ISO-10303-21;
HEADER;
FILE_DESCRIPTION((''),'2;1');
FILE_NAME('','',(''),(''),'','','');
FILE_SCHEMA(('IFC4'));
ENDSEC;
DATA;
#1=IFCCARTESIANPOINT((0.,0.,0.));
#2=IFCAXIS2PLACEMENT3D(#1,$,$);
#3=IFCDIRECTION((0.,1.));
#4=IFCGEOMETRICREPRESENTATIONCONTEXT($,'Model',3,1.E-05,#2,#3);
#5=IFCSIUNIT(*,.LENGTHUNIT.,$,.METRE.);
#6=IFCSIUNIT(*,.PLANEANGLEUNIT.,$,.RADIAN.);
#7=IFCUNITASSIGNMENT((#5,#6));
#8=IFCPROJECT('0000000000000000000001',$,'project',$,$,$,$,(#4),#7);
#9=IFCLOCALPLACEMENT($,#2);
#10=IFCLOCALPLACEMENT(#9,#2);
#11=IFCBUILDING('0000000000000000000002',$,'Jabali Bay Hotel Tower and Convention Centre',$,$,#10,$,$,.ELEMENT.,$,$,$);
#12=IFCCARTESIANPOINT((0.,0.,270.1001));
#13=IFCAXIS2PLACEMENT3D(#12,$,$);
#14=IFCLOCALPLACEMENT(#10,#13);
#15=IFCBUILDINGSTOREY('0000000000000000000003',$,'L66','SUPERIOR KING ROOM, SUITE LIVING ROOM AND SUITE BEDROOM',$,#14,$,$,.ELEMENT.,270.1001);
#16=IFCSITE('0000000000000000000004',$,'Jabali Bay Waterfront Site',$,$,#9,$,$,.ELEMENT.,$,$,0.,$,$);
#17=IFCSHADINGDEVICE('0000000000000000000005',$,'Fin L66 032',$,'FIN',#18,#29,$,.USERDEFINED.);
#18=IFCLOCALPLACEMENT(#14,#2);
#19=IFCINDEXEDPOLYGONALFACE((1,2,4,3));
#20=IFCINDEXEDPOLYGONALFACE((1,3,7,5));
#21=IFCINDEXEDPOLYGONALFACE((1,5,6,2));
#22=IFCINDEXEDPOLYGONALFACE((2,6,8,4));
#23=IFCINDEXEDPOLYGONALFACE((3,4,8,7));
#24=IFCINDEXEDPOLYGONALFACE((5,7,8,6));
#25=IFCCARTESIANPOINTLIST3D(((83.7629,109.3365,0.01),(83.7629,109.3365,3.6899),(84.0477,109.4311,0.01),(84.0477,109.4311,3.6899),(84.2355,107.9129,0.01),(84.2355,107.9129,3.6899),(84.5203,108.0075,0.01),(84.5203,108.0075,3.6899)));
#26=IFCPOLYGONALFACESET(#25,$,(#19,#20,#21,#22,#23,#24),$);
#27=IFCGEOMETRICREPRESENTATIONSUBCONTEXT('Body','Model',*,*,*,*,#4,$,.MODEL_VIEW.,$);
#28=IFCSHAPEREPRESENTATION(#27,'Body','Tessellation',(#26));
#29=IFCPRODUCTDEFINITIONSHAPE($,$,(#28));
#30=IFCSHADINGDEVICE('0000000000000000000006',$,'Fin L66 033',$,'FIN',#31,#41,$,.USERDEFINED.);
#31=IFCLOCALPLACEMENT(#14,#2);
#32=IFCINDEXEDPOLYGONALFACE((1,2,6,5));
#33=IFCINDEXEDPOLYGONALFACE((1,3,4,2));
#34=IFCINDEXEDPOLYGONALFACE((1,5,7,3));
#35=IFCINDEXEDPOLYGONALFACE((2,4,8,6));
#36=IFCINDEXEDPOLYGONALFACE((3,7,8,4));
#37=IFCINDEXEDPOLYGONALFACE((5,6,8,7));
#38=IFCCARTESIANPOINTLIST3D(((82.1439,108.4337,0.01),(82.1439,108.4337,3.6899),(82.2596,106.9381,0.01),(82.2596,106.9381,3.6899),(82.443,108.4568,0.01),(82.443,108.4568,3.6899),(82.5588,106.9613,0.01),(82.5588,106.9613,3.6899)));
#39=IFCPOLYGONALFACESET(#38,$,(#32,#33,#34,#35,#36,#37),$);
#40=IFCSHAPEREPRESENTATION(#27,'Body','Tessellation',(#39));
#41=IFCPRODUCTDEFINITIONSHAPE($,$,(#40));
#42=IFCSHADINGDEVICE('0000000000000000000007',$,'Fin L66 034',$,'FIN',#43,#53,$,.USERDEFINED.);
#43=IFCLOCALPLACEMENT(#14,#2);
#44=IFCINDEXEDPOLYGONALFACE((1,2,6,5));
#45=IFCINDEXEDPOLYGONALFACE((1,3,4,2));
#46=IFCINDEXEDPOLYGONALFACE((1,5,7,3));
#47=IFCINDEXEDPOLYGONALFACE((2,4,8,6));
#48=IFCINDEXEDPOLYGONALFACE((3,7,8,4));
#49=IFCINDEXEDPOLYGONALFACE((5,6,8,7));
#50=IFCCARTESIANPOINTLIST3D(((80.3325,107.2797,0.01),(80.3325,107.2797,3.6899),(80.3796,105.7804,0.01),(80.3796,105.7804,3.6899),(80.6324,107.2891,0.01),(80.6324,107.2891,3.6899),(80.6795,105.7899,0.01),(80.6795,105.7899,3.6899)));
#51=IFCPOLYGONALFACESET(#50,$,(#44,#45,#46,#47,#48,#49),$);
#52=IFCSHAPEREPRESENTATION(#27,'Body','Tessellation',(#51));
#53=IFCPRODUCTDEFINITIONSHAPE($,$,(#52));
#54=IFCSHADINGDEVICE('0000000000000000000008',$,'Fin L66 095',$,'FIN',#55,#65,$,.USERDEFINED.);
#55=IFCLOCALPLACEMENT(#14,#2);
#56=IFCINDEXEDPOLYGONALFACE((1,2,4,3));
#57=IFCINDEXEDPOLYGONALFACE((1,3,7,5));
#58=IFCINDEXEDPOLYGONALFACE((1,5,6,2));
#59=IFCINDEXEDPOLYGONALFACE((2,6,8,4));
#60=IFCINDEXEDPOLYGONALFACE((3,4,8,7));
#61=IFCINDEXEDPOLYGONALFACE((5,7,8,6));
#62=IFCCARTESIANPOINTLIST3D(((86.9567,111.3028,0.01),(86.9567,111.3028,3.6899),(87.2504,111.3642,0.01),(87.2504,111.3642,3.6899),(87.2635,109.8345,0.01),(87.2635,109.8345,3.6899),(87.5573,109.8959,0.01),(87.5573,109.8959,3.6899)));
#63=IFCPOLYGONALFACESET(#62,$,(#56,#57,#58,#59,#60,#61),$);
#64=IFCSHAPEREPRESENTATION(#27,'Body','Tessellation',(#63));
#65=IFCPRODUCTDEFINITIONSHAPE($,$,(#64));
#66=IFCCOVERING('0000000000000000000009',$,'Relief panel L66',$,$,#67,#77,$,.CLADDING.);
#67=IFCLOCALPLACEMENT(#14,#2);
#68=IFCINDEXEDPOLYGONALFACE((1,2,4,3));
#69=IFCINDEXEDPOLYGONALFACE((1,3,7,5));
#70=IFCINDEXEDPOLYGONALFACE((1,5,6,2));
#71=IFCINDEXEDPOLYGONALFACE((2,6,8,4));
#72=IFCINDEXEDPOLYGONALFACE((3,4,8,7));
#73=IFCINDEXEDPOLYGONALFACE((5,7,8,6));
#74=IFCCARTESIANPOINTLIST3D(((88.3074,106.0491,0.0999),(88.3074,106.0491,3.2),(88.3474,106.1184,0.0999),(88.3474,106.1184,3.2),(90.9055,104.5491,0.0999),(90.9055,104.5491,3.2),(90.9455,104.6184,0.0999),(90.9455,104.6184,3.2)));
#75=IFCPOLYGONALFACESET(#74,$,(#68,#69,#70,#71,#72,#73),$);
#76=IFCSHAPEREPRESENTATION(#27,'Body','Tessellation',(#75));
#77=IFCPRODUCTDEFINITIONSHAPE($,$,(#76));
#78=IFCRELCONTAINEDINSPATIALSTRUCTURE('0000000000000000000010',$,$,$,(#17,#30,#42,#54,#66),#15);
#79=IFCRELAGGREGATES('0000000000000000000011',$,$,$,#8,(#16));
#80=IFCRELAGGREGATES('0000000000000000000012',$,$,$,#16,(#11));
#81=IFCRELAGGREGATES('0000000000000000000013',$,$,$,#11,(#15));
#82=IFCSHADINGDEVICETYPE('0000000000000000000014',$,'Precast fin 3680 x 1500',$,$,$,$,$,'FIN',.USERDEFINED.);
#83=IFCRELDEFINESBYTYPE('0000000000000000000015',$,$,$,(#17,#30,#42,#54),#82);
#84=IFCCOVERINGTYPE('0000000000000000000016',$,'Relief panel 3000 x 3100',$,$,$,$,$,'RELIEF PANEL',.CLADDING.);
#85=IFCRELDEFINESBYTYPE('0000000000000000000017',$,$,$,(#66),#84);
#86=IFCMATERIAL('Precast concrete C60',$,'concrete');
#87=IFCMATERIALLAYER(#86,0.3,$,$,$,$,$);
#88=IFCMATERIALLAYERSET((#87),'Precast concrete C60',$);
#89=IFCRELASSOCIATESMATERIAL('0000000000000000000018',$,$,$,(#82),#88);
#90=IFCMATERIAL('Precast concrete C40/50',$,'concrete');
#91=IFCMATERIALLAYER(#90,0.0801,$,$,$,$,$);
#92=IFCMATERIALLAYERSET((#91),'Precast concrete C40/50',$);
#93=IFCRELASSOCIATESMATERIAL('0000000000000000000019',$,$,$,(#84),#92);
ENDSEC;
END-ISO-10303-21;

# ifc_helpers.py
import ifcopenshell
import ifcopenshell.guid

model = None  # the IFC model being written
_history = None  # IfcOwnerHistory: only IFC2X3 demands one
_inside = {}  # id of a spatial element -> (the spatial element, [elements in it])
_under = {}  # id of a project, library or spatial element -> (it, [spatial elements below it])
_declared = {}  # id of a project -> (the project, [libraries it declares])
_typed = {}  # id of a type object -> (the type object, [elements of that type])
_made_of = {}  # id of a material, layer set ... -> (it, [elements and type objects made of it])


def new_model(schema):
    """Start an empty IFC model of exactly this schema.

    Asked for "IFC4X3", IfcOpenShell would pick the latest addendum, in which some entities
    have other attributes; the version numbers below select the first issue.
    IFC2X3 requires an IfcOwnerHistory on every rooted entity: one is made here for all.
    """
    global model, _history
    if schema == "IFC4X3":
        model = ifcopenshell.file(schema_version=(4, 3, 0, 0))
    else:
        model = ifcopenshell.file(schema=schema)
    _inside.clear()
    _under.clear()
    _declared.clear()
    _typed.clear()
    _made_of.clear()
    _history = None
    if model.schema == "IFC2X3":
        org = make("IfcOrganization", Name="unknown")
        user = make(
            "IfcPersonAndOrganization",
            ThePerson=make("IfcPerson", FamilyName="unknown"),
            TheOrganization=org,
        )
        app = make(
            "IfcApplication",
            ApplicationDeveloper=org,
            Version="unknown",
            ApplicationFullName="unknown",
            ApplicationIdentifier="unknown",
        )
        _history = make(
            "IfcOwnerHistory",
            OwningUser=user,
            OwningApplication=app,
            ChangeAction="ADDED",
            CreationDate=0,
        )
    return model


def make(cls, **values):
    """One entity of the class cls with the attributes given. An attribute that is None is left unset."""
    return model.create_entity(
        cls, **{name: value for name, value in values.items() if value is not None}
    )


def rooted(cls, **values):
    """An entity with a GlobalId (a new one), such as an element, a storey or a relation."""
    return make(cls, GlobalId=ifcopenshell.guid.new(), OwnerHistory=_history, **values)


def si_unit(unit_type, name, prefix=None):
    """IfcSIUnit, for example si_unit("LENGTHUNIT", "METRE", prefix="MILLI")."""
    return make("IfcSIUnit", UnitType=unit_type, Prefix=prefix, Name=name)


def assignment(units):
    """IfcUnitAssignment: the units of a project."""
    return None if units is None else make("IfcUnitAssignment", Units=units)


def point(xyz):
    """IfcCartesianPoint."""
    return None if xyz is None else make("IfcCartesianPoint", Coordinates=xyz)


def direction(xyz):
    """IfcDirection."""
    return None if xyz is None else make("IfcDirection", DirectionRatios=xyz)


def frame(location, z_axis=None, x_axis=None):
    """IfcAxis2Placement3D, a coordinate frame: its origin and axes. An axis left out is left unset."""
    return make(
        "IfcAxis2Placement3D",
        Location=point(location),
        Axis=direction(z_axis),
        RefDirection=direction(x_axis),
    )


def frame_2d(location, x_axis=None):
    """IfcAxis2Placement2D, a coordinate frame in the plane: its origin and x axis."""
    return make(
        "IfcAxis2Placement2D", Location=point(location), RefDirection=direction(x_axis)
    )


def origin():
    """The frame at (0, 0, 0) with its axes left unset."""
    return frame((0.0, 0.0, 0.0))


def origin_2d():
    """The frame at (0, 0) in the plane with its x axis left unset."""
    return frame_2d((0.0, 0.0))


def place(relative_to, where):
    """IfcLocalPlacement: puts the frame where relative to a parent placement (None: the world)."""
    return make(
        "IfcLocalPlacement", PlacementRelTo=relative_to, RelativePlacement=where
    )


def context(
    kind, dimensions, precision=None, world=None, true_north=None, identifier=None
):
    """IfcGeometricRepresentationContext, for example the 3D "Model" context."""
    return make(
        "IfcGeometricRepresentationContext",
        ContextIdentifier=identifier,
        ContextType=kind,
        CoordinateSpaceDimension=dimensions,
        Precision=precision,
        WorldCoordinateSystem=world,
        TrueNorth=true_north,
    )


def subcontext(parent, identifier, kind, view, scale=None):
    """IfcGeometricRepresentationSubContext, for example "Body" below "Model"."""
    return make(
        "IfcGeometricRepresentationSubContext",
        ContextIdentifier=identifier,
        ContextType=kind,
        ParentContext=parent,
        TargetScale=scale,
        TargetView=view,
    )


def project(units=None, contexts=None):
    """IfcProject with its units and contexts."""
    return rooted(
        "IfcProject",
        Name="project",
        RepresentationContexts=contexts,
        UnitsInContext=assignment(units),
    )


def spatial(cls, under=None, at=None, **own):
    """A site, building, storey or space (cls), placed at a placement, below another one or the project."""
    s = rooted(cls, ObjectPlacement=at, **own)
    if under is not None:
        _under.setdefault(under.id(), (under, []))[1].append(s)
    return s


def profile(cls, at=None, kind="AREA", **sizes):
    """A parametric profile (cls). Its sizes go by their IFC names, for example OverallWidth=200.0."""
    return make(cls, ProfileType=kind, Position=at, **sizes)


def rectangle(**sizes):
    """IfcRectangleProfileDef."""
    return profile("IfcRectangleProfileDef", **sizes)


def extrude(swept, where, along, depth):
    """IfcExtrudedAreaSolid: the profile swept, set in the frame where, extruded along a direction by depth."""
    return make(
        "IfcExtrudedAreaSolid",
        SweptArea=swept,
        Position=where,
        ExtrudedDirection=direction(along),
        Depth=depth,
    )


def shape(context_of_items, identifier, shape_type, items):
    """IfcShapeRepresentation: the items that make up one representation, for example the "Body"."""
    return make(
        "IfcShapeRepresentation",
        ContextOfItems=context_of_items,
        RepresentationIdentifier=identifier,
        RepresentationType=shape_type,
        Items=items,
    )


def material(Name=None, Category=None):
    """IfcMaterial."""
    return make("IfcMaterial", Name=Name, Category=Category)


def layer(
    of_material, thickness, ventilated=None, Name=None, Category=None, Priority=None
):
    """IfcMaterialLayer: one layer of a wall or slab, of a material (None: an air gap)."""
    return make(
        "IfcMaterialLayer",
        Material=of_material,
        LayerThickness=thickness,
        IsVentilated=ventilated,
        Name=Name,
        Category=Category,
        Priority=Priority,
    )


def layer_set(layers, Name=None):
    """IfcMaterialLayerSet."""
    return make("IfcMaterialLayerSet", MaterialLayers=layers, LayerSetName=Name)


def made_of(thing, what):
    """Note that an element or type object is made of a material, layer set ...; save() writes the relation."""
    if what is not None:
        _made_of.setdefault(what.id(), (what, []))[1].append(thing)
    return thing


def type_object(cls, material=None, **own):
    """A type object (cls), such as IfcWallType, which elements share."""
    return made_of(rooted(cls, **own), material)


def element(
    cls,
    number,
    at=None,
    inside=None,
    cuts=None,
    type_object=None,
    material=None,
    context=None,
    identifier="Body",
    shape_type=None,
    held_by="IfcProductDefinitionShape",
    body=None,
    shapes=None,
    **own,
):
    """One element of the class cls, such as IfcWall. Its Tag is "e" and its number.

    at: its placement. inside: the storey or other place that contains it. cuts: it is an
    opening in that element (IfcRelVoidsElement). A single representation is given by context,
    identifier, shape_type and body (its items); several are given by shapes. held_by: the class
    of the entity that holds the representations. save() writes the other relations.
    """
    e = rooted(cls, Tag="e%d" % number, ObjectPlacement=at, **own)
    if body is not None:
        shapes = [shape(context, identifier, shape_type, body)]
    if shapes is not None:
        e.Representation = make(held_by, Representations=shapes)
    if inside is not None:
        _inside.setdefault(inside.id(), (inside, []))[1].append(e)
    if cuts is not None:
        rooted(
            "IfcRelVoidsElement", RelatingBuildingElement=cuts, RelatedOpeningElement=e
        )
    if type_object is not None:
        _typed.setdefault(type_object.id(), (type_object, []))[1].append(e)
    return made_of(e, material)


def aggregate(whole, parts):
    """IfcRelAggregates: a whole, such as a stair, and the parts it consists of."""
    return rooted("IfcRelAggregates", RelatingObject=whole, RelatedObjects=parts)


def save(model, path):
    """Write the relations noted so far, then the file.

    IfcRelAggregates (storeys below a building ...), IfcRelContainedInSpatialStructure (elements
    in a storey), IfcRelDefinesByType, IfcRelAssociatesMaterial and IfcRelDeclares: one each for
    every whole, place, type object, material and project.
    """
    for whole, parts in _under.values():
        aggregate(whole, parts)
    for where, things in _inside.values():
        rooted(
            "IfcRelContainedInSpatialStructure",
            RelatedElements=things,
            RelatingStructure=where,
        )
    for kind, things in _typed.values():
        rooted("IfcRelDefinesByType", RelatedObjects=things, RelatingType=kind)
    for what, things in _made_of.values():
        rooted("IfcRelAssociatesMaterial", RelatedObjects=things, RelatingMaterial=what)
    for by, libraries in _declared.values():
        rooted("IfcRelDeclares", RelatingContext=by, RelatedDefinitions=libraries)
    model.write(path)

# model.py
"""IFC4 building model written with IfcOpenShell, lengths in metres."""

from ifc_helpers import new_model, si_unit, direction, frame, frame_2d, origin, origin_2d, place, context, subcontext, project, spatial, rectangle, extrude, material, layer, layer_set, type_object, element, save


model = new_model("IFC4")

# Units and contexts
model_context = context("Model", 3, precision=1e-05, world=origin(), true_north=direction((0.0, 1.0)))
body_context = subcontext(model_context, "Body", "Model", "MODEL_VIEW")
ifc_project = project(units=[si_unit("LENGTHUNIT", "METRE"), si_unit("PLANEANGLEUNIT", "RADIAN")], contexts=[model_context])

# Site, building, storey
site_placement = place(None, origin())
site = spatial("IfcSite", under=ifc_project, at=site_placement, Name="Jabali Bay Waterfront Site", CompositionType="ELEMENT", RefElevation=0.0)
building_placement = place(site_placement, origin())
building = spatial("IfcBuilding", under=site, at=building_placement, Name="Jabali Bay Hotel Tower and Convention Centre", CompositionType="ELEMENT")
storey_placement = place(building_placement, frame((0.0, 0.0, 270.1001)))
storey = spatial("IfcBuildingStorey", under=building, at=storey_placement, Name="L66", Description="SUPERIOR KING ROOM, SUITE LIVING ROOM AND SUITE BEDROOM", CompositionType="ELEMENT", Elevation=270.1001)

# Shading devices
ifc_material_1 = material(Name="Precast concrete C60", Category="concrete")
ifc_layer_1 = layer(ifc_material_1, 0.3)
ifc_layer_set_1 = layer_set([ifc_layer_1], Name="Precast concrete C60")
shading_device_type = type_object("IfcShadingDeviceType", Name="Precast fin 3680 x 1500", ElementType="FIN", PredefinedType="USERDEFINED", material=ifc_layer_set_1)
for number, where, z_axis, x_axis, name in (
    (1, (84.3779, 107.9602, 0.01), (0.0, 0.0, 1.0), (-0.315104, 0.949057, 0.0), "Fin L66 032"),
    (2, (82.4092, 106.9497, 0.01), (0.0, 0.0, 1.0), (-0.077145, 0.99702, 0.0), "Fin L66 033"),
    (3, (80.5295, 105.7852, 0.01), (0.0, 0.0, 1.0), (-0.031413, 0.999507, 0.0), "Fin L66 034"),
    (4, (87.4104, 109.8652, 0.01), (0.0, 0.0, 1.0), (-0.204591, 0.978848, 0.0), "Fin L66 095"),
):
    element("IfcShadingDevice", number, at=place(storey_placement, frame(where, z_axis=z_axis, x_axis=x_axis)), inside=storey, type_object=shading_device_type, Name=name, ObjectType="FIN", PredefinedType="USERDEFINED", context=body_context, shape_type="SweptSolid", body=[
        extrude(rectangle(XDim=1.5, YDim=0.3, at=frame_2d((0.75, 0.0))), origin(), (0.0, 0.0, 1.0), 3.6799),
    ])

# Covering
ifc_material_2 = material(Name="Precast concrete C40/50", Category="concrete")
ifc_layer_2 = layer(ifc_material_2, 0.0801)
ifc_layer_set_2 = layer_set([ifc_layer_2], Name="Precast concrete C40/50")
covering_type = type_object("IfcCoveringType", Name="Relief panel 3000 x 3100", ElementType="RELIEF PANEL", PredefinedType="CLADDING", material=ifc_layer_set_2)
covering_placement = place(storey_placement, frame((89.6265, 105.3337, 0.0999), z_axis=(0.0, 0.0, 1.0), x_axis=(0.866025, -0.5, 0.0)))
element("IfcCovering", 5, at=covering_placement, inside=storey, type_object=covering_type, Name="Relief panel L66", PredefinedType="CLADDING", context=body_context, shape_type="SweptSolid", body=[
    extrude(rectangle(XDim=3.0, YDim=0.0801, at=origin_2d()), origin(), (0.0, 0.0, 1.0), 3.1001),
])

save(model, "model.ifc")
